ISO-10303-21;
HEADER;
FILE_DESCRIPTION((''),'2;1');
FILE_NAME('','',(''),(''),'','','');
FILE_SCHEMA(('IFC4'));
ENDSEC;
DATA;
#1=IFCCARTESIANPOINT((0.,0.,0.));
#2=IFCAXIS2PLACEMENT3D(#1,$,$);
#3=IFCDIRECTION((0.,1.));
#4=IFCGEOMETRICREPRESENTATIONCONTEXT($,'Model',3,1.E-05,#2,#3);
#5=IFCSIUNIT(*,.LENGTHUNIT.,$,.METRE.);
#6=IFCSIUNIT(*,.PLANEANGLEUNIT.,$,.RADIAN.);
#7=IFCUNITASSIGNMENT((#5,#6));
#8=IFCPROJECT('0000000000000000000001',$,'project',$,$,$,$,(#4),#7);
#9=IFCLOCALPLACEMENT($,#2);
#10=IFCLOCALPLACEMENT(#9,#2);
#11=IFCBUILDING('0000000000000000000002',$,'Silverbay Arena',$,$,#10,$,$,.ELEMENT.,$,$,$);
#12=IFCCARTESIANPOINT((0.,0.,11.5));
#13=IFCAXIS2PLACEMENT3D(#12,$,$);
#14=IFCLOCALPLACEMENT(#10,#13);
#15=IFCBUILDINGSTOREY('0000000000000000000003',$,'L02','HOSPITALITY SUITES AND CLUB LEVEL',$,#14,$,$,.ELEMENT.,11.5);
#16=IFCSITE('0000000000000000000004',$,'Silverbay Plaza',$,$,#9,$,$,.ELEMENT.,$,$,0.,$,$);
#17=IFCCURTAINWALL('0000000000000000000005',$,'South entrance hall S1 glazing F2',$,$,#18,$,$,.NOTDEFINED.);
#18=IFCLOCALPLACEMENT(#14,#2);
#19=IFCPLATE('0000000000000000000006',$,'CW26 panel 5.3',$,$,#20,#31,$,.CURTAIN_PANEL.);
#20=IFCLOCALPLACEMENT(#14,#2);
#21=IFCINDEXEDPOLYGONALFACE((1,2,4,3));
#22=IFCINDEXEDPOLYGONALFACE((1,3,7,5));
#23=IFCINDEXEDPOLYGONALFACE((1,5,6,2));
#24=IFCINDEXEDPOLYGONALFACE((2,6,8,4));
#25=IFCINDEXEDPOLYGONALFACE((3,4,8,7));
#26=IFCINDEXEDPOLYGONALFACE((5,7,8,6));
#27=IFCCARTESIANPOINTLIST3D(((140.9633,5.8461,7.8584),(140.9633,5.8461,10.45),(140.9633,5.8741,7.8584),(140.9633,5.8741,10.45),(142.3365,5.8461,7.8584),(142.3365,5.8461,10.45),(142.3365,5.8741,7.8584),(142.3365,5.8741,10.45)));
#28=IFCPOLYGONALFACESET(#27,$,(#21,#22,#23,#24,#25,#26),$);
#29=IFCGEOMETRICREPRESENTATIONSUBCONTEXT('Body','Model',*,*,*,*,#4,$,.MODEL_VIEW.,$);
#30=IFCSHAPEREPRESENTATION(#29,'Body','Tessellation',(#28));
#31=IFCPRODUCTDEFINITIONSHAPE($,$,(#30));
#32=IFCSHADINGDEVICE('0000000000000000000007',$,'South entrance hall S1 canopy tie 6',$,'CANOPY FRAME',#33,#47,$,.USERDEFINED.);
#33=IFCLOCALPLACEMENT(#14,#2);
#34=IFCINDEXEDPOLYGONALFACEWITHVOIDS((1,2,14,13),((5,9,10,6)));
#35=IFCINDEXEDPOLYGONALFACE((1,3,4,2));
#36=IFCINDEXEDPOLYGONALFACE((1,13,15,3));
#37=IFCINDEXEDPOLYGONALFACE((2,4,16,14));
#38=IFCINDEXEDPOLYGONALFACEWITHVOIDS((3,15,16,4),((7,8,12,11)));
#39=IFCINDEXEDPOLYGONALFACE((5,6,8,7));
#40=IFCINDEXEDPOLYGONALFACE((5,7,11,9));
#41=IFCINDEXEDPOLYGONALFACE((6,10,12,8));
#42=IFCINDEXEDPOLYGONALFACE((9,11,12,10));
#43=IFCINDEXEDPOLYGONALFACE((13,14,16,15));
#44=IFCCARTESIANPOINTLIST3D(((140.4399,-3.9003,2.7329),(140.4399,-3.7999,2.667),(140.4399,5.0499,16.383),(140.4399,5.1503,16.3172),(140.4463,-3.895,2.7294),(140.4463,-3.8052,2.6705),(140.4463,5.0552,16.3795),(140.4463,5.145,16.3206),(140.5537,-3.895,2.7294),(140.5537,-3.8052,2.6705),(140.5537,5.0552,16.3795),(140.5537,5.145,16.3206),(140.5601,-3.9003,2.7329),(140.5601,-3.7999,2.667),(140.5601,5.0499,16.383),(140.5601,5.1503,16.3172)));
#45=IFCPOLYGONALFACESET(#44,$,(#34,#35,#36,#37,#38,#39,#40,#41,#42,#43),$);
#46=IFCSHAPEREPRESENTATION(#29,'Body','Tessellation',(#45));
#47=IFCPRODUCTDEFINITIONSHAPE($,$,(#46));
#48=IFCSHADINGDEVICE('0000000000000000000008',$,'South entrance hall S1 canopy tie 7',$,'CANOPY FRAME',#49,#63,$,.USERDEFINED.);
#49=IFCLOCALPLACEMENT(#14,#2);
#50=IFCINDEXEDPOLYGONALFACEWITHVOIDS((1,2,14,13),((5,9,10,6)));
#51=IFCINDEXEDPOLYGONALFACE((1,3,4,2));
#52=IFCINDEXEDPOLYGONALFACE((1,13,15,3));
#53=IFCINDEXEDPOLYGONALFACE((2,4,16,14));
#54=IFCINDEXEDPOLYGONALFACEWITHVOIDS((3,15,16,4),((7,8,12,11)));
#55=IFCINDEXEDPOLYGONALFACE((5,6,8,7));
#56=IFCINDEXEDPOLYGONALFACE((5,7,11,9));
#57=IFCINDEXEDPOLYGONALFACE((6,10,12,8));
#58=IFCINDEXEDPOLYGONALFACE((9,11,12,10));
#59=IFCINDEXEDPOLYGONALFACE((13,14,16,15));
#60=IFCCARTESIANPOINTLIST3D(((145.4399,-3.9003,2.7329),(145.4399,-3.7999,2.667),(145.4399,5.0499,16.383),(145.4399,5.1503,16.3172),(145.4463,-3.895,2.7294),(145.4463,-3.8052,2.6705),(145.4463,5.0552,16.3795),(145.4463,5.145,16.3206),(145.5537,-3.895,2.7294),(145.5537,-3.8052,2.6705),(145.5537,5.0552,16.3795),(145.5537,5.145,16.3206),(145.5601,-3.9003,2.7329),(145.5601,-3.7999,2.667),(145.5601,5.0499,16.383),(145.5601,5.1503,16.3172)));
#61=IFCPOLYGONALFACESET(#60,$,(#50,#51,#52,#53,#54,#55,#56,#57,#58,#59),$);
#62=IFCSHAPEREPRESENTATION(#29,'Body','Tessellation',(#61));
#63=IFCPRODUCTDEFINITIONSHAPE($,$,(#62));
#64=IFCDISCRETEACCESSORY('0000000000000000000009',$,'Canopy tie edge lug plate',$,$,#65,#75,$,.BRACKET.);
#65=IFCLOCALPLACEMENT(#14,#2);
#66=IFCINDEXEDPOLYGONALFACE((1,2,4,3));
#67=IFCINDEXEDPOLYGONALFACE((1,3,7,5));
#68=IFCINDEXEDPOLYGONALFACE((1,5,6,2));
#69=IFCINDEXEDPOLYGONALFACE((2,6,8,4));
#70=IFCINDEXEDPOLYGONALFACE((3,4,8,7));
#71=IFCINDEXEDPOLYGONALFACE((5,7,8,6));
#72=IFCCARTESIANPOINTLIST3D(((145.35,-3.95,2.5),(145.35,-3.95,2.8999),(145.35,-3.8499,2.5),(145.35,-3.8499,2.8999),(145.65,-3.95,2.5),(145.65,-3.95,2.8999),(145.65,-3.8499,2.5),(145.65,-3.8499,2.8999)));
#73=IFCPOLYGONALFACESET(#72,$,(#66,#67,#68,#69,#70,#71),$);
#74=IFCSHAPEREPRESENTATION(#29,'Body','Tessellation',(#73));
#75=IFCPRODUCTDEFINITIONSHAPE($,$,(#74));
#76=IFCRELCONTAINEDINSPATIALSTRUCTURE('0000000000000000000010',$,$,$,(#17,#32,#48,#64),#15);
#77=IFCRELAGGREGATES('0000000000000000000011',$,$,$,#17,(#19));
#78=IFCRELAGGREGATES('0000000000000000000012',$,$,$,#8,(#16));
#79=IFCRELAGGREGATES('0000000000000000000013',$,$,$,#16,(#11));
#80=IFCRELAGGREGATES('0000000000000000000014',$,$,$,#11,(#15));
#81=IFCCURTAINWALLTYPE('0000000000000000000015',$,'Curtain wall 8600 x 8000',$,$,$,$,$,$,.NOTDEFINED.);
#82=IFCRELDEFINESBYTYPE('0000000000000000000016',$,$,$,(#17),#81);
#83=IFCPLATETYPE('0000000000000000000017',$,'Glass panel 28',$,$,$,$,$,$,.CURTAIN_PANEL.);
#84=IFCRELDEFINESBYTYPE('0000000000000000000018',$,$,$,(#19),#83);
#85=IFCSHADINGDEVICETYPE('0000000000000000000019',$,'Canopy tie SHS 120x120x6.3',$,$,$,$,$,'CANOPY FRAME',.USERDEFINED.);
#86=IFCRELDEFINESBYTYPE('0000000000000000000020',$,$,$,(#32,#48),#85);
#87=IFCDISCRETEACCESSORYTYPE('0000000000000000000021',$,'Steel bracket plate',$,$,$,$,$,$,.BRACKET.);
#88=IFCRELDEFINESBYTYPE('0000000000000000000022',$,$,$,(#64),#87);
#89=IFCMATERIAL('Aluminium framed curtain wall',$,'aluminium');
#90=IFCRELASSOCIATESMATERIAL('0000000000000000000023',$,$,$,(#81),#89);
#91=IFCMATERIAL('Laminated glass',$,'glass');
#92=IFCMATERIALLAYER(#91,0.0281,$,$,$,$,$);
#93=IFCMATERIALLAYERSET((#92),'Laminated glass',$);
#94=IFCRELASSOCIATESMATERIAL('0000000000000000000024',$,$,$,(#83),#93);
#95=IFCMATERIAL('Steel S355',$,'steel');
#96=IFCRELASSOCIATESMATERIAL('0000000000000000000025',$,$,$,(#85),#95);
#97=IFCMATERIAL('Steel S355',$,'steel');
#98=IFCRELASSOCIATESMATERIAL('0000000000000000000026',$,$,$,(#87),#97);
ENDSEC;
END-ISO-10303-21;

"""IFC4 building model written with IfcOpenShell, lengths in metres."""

from ifc_helpers import new_model, si_unit, direction, frame, origin, origin_2d, place, context, subcontext, project, spatial, rectangle, hollow_rectangle, extrude, material, layer, layer_set, material_profile, profile_set, type_object, element, aggregate, save


model = new_model("IFC4")

# Units and contexts
model_context = context("Model", 3, precision=1e-05, world=origin(), true_north=direction((0.0, 1.0)))
body_context = subcontext(model_context, "Body", "Model", "MODEL_VIEW")
ifc_project = project(units=[si_unit("LENGTHUNIT", "METRE"), si_unit("PLANEANGLEUNIT", "RADIAN")], contexts=[model_context])

# Site, building, storey
site_placement = place(None, origin())
site = spatial("IfcSite", under=ifc_project, at=site_placement, Name="Silverbay Plaza", CompositionType="ELEMENT", RefElevation=0.0)
building_placement = place(site_placement, origin())
building = spatial("IfcBuilding", under=site, at=building_placement, Name="Silverbay Arena", CompositionType="ELEMENT")
storey_placement = place(building_placement, frame((0.0, 0.0, 11.5)))
storey = spatial("IfcBuildingStorey", under=building, at=storey_placement, Name="L02", Description="HOSPITALITY SUITES AND CLUB LEVEL", CompositionType="ELEMENT", Elevation=11.5)

# Curtain wall, plate
ifc_material_1 = material(Name="Aluminium framed curtain wall", Category="aluminium")
curtain_wall_type = type_object("IfcCurtainWallType", Name="Curtain wall 8600 x 8000", PredefinedType="NOTDEFINED", material=ifc_material_1)
curtain_wall_placement = place(storey_placement, origin())
curtain_wall = element("IfcCurtainWall", 1, at=curtain_wall_placement, inside=storey, type_object=curtain_wall_type, Name="South entrance hall S1 glazing F2", PredefinedType="NOTDEFINED")
ifc_material_2 = material(Name="Laminated glass", Category="glass")
ifc_layer = layer(ifc_material_2, 0.0281)
ifc_layer_set = layer_set([ifc_layer], Name="Laminated glass")
plate_type = type_object("IfcPlateType", Name="Glass panel 28", PredefinedType="CURTAIN_PANEL", material=ifc_layer_set)
plate_1_placement = place(storey_placement, frame((141.6499, 5.8601, 7.8584), z_axis=(0.0, 0.0, 1.0), x_axis=(1.0, 0.0, 0.0)))
plate_1 = element("IfcPlate", 2, at=plate_1_placement, type_object=plate_type, Name="CW26 panel 5.3", PredefinedType="CURTAIN_PANEL", context=body_context, shape_type="SweptSolid", body=[
    extrude(rectangle(XDim=1.3733, YDim=0.0281, at=origin_2d()), origin(), (0.0, 0.0, 1.0), 2.5916),
])
aggregate(curtain_wall, [plate_1])

# Shading devices
ifc_material_3 = material(Name="Steel S355", Category="steel")
ifc_material_profile_1 = material_profile(ifc_material_3, hollow_rectangle(XDim=0.1201, YDim=0.1201, WallThickness=0.0063, at=origin_2d()), Name="SHS 120x120x6.3")
ifc_profile_set_1 = profile_set([ifc_material_profile_1], Name="Steel S355")
shading_device_type = type_object("IfcShadingDeviceType", Name="Canopy tie SHS 120x120x6.3", ElementType="CANOPY FRAME", PredefinedType="USERDEFINED", material=ifc_profile_set_1)
for number, where, z_axis, x_axis, name in (
    (3, (140.5, 5.1001, 16.3501), (0.0, -0.548326, -0.836265), (1.0, 0.0, 0.0), "South entrance hall S1 canopy tie 6"),
    (4, (145.5, 5.1001, 16.3501), (0.0, -0.548326, -0.836265), (1.0, 0.0, 0.0), "South entrance hall S1 canopy tie 7"),
):
    element("IfcShadingDevice", number, at=place(storey_placement, frame(where, z_axis=z_axis, x_axis=x_axis)), inside=storey, type_object=shading_device_type, Name=name, ObjectType="CANOPY FRAME", PredefinedType="USERDEFINED", context=body_context, shape_type="SweptSolid", body=[
        extrude(hollow_rectangle(XDim=0.1201, YDim=0.1201, WallThickness=0.0063, at=origin_2d()), origin(), (0.0, 0.0, 1.0), 16.3228),
    ])

# Discrete accessory
ifc_material_4 = material(Name="Steel S355", Category="steel")
discrete_accessory_type = type_object("IfcDiscreteAccessoryType", Name="Steel bracket plate", PredefinedType="BRACKET", material=ifc_material_4)
discrete_accessory_placement = place(storey_placement, frame((145.5, -3.8999, 2.5), z_axis=(0.0, 0.0, 1.0), x_axis=(1.0, 0.0, 0.0)))
element("IfcDiscreteAccessory", 5, at=discrete_accessory_placement, inside=storey, type_object=discrete_accessory_type, Name="Canopy tie edge lug plate", PredefinedType="BRACKET", context=body_context, shape_type="SweptSolid", body=[
    extrude(rectangle(XDim=0.3, YDim=0.1001, at=origin_2d()), origin(), (0.0, 0.0, 1.0), 0.3999),
])

save(model, "model.ifc")
